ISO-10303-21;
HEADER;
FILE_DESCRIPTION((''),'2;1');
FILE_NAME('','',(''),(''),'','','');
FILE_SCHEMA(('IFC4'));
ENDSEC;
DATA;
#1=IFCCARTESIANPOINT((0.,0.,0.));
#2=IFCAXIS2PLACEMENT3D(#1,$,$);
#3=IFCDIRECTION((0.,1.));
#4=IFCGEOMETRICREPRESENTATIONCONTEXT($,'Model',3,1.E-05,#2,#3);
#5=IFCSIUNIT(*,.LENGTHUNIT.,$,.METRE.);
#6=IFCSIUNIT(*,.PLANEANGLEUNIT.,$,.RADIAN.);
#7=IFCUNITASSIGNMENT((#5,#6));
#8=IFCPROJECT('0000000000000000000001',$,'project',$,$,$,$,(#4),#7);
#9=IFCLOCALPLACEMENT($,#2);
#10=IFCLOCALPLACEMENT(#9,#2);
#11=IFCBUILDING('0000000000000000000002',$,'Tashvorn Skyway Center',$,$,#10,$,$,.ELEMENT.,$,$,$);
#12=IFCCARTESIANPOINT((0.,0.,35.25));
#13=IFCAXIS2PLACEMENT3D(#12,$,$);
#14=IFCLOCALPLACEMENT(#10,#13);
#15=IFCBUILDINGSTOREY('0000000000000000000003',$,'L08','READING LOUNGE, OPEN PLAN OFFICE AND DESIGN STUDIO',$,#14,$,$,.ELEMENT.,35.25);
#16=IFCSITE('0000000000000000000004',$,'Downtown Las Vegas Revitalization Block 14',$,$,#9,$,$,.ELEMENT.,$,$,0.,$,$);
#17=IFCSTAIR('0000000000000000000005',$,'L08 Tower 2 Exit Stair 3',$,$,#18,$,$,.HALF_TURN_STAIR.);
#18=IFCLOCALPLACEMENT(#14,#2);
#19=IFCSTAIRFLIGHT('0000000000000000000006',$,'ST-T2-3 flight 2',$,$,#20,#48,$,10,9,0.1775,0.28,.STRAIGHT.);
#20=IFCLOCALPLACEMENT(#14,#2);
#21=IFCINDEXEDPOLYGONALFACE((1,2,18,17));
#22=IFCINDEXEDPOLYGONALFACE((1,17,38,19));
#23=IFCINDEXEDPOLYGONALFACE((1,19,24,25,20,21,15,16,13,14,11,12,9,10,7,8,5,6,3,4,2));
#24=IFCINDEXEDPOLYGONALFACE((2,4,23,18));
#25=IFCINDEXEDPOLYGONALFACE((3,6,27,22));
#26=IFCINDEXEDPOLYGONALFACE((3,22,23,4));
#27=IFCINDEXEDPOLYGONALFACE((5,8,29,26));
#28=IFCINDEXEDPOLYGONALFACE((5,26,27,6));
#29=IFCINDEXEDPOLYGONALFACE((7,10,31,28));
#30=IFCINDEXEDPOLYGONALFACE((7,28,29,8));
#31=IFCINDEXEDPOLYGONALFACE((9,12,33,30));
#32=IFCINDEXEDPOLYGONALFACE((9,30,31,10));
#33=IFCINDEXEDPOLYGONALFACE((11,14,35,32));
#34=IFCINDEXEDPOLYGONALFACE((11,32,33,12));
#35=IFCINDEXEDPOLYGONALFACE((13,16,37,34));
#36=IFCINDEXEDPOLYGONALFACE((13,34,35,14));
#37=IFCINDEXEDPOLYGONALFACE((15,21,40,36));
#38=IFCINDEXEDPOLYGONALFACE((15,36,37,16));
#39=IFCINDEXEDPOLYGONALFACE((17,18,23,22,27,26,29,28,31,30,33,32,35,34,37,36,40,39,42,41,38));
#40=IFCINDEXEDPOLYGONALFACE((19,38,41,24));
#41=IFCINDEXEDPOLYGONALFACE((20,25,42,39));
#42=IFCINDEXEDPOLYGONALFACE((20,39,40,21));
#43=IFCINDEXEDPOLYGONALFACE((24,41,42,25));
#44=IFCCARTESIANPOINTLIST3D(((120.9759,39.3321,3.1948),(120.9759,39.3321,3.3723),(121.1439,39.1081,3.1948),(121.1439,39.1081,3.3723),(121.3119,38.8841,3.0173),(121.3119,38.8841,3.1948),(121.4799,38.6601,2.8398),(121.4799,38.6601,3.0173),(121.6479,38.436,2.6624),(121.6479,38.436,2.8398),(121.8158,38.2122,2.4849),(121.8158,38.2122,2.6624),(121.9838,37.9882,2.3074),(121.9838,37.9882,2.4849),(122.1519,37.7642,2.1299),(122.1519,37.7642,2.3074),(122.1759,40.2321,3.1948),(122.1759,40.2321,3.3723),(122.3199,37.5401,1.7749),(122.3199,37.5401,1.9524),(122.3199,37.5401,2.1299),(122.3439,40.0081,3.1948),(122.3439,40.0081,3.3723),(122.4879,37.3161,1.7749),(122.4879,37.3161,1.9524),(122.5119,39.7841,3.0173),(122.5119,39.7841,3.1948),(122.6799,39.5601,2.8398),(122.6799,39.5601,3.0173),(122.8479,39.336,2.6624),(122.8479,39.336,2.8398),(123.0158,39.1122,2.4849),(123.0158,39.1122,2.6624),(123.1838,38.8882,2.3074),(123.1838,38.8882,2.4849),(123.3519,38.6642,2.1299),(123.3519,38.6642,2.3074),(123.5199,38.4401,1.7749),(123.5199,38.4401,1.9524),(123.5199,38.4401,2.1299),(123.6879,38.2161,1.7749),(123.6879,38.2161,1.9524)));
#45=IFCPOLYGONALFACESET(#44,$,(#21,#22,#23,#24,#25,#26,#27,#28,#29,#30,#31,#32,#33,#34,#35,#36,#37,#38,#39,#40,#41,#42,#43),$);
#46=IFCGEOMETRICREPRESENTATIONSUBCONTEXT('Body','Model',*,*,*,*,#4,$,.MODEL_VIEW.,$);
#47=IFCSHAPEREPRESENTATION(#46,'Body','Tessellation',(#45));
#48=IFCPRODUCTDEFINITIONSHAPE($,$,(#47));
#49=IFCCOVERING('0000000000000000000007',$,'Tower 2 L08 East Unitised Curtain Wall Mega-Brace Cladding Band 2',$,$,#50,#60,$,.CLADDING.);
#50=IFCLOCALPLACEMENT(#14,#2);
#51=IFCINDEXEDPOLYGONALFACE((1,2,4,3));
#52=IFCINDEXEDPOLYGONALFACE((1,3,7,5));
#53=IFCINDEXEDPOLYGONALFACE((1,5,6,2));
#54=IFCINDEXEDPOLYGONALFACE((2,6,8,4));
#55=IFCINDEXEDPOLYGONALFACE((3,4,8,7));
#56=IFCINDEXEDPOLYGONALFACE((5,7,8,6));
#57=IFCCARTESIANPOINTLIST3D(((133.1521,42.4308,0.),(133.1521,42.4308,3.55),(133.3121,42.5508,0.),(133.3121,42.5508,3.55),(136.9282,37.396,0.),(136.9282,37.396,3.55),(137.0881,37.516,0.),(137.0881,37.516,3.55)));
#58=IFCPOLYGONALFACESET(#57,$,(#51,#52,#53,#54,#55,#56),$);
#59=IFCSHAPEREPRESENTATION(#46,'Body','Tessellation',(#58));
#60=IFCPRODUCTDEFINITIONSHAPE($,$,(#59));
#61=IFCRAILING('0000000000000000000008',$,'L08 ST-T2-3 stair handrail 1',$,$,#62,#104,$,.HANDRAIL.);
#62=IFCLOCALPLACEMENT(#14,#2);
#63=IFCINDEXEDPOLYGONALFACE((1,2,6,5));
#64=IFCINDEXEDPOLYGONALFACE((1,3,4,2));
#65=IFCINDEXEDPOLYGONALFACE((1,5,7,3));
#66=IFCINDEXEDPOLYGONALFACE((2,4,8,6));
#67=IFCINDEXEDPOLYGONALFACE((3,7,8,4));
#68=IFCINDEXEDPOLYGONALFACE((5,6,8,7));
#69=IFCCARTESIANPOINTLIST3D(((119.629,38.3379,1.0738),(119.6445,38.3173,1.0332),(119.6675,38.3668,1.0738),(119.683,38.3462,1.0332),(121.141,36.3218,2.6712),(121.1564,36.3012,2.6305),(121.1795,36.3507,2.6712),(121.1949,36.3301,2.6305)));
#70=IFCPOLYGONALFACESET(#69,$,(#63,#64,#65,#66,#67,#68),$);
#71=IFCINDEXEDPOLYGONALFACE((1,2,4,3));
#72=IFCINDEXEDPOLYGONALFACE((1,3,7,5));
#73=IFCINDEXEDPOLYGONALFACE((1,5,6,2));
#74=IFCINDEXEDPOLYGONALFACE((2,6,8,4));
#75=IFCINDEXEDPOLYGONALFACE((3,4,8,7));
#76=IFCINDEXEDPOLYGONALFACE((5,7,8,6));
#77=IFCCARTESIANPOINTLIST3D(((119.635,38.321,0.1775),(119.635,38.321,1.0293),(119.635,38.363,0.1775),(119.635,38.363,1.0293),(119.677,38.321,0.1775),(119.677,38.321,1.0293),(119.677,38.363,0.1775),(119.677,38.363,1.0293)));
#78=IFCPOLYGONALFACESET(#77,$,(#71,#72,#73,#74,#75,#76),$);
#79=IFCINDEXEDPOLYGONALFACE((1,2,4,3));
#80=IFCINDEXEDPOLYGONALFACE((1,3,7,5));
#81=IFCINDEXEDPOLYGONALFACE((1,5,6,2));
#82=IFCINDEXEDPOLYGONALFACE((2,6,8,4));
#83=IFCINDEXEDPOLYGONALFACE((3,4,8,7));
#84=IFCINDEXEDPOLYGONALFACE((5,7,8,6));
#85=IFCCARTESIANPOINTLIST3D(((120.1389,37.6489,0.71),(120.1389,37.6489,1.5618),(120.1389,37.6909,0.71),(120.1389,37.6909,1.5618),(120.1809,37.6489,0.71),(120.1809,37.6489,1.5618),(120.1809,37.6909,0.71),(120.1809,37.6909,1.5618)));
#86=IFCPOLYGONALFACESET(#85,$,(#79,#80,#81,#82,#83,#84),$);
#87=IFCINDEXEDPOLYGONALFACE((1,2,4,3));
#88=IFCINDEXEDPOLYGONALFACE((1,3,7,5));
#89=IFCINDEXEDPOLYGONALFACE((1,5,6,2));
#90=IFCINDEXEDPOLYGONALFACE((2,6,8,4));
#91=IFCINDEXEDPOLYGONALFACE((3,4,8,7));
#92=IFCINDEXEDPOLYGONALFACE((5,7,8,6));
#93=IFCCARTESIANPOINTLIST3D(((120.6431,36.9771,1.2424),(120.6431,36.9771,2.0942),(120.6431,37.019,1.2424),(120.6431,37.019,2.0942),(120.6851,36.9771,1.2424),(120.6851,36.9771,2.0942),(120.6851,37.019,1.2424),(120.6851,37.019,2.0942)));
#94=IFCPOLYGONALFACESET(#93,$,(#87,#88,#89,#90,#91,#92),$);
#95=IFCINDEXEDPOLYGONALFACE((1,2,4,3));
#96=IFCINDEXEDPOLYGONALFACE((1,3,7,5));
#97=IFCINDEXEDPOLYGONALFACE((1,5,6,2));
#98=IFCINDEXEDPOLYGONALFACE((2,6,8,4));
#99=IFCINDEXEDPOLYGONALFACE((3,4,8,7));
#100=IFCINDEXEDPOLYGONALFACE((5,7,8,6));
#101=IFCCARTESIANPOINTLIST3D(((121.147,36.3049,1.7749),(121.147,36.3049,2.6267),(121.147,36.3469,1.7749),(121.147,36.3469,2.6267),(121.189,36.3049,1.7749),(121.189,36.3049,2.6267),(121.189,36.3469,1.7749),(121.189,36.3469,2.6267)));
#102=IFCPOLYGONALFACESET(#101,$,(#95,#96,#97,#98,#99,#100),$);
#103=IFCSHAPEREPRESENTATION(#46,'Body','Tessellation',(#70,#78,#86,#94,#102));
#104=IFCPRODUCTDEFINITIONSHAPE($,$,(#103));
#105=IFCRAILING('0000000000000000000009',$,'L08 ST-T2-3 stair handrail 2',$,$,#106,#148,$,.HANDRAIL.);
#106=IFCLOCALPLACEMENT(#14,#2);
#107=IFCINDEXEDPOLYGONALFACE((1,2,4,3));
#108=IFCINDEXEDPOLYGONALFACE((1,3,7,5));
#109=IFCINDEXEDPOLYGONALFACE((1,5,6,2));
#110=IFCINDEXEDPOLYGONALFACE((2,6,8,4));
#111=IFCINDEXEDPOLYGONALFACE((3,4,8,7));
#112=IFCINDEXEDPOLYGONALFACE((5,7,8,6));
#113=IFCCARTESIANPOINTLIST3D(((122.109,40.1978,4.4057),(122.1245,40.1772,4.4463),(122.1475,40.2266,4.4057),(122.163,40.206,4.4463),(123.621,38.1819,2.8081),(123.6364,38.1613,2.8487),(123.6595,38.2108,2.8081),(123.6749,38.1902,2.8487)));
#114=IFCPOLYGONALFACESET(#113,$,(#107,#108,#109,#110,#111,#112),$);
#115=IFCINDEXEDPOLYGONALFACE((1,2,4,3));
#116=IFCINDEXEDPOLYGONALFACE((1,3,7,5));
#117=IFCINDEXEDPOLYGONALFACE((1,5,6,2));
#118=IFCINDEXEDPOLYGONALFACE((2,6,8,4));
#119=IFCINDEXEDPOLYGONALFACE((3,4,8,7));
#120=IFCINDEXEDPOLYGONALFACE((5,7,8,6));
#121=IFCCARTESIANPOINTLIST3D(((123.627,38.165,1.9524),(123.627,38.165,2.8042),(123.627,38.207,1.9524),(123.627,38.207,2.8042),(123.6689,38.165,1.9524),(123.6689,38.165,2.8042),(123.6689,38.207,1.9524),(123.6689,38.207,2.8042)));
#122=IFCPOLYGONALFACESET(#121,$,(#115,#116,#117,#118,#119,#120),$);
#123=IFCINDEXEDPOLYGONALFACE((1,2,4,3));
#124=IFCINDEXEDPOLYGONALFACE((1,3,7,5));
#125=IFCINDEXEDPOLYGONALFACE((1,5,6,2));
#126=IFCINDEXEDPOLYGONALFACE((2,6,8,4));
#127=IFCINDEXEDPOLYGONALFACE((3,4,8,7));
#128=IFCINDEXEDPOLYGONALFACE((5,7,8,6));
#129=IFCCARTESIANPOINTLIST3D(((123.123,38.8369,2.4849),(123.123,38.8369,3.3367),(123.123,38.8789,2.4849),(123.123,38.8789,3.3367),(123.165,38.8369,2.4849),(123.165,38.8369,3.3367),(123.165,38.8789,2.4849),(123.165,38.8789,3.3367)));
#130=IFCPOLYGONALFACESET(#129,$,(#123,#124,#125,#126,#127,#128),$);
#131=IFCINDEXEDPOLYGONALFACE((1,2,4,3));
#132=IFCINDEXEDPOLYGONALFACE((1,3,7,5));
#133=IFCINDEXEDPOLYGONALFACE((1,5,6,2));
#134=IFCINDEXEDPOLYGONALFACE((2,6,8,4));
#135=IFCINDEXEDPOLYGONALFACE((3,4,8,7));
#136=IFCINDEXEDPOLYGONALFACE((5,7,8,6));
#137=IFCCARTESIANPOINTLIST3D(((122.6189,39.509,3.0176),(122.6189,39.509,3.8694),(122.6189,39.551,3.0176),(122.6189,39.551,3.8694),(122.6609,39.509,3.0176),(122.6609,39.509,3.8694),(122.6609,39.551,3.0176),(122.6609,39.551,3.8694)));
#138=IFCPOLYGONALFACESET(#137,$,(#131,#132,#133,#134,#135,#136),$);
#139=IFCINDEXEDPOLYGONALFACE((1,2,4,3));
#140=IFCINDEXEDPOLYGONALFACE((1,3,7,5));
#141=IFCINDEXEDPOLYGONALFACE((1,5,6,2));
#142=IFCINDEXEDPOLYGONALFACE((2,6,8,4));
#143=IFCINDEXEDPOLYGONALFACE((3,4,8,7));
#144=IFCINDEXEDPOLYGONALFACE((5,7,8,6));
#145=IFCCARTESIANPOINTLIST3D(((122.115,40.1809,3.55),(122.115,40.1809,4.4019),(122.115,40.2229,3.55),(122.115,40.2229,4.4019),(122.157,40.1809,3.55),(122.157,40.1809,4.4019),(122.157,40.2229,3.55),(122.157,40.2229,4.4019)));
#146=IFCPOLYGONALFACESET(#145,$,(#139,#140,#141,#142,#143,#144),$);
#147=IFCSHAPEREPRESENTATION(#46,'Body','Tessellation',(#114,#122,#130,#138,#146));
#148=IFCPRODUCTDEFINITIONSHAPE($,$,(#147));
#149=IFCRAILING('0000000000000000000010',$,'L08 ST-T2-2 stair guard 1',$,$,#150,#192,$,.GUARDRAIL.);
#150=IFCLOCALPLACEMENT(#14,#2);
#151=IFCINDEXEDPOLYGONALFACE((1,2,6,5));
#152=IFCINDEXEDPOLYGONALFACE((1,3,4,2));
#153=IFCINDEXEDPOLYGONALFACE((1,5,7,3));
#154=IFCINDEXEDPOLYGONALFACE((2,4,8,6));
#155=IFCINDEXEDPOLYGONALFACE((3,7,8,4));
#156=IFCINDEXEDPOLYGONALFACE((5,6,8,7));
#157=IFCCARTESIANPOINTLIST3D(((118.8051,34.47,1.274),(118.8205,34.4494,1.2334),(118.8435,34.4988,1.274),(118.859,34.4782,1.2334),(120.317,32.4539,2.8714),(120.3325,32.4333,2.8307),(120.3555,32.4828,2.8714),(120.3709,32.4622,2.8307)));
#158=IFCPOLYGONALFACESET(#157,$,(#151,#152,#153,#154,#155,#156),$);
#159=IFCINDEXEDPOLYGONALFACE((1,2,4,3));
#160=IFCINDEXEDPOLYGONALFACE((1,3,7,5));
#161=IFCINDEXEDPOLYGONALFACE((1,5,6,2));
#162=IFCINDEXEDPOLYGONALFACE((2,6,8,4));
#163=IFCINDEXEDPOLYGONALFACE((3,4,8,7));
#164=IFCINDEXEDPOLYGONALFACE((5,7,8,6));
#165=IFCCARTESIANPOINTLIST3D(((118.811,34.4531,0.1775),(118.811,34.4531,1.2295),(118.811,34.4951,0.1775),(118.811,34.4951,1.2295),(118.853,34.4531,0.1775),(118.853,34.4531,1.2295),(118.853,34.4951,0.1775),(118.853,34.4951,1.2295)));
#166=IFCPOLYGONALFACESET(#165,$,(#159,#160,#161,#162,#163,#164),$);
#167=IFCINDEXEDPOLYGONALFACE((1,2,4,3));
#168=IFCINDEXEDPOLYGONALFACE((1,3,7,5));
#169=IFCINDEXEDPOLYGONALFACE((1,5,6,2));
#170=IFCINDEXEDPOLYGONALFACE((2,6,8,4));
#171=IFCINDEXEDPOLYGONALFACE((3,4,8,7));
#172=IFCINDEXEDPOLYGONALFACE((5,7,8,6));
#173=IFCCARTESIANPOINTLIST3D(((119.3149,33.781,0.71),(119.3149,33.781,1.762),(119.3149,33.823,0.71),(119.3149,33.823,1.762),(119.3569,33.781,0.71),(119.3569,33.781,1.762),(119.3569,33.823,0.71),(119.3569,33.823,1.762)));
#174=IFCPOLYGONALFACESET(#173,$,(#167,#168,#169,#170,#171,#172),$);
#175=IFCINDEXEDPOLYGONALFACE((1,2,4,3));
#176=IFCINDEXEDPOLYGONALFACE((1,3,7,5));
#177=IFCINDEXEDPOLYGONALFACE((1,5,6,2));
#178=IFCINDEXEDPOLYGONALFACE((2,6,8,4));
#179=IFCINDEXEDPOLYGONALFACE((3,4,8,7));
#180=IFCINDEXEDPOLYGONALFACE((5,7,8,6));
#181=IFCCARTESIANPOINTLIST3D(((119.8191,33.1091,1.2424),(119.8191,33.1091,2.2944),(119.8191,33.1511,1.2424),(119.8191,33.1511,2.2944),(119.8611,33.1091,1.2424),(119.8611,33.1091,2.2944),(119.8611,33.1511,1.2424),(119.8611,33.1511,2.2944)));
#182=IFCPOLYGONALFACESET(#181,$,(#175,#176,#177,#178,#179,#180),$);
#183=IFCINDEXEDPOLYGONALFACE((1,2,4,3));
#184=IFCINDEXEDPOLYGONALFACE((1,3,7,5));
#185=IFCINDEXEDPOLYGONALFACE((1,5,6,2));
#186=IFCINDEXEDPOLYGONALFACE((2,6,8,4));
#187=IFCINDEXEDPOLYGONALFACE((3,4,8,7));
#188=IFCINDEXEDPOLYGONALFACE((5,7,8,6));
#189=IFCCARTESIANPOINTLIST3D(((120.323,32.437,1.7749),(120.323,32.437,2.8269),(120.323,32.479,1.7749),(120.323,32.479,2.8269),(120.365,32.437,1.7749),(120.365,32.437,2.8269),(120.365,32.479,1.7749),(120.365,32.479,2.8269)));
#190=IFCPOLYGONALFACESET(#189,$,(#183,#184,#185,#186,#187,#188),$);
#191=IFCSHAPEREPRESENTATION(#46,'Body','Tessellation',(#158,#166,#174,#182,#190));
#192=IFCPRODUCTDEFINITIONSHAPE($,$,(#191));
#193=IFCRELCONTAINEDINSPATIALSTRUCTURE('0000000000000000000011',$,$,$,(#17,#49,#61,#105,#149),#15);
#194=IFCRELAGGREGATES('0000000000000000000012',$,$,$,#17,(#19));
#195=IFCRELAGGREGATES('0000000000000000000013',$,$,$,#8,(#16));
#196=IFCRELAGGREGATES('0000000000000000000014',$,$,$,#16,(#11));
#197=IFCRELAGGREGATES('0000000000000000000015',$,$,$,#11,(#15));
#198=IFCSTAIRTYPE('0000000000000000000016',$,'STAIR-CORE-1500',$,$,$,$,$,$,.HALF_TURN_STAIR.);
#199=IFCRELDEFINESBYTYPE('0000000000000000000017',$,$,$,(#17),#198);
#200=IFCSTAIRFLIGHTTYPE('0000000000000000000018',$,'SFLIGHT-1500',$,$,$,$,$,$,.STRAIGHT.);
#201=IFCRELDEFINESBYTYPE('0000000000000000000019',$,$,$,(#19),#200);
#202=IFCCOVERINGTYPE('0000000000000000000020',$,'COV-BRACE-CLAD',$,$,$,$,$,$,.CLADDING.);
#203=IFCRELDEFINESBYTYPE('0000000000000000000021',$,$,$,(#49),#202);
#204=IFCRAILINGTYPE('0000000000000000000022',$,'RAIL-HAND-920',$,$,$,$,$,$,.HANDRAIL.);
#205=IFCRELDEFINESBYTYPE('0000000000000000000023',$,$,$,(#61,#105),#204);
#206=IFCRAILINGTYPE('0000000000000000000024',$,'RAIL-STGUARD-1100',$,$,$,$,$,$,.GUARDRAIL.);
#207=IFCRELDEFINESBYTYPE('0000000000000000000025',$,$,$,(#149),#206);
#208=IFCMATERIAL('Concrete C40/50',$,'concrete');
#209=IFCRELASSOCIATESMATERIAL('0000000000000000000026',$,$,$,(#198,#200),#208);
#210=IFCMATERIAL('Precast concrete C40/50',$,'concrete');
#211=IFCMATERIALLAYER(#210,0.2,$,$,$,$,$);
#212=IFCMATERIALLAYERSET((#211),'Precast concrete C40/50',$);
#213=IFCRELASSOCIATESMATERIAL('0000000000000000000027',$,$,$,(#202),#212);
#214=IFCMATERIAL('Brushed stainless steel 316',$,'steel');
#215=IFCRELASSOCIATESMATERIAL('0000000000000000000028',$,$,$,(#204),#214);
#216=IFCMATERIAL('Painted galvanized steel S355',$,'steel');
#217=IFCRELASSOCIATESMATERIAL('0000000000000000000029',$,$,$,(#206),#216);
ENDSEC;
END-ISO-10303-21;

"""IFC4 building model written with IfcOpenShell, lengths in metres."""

from ifc_helpers import new_model, si_unit, direction, frame, origin, origin_2d, place, context, subcontext, project, spatial, polyline, rectangle, outline, extrude, material, layer, layer_set, type_object, element, aggregate, save


model = new_model("IFC4")

# Units and contexts
model_context = context("Model", 3, precision=1e-05, world=origin(), true_north=direction((0.0, 1.0)))
body_context = subcontext(model_context, "Body", "Model", "MODEL_VIEW")
ifc_project = project(units=[si_unit("LENGTHUNIT", "METRE"), si_unit("PLANEANGLEUNIT", "RADIAN")], contexts=[model_context])

# Site, building, storey
site_placement = place(None, origin())
site = spatial("IfcSite", under=ifc_project, at=site_placement, Name="Downtown Las Vegas Revitalization Block 14", CompositionType="ELEMENT", RefElevation=0.0)
building_placement = place(site_placement, origin())
building = spatial("IfcBuilding", under=site, at=building_placement, Name="Tashvorn Skyway Center", CompositionType="ELEMENT")
storey_placement = place(building_placement, frame((0.0, 0.0, 35.25)))
storey = spatial("IfcBuildingStorey", under=building, at=storey_placement, Name="L08", Description="READING LOUNGE, OPEN PLAN OFFICE AND DESIGN STUDIO", CompositionType="ELEMENT", Elevation=35.25)

# Shared definitions
ifc_material_1 = material(Name="Concrete C40/50", Category="concrete")

# Stair, stair flight
stair_type = type_object("IfcStairType", Name="STAIR-CORE-1500", PredefinedType="HALF_TURN_STAIR", material=ifc_material_1)
stair_placement = place(storey_placement, origin())
stair = element("IfcStair", 1, at=stair_placement, inside=storey, type_object=stair_type, Name="L08 Tower 2 Exit Stair 3", PredefinedType="HALF_TURN_STAIR")
stair_flight_type = type_object("IfcStairFlightType", Name="SFLIGHT-1500", PredefinedType="STRAIGHT", material=ifc_material_1)
stair_flight_1_placement = place(storey_placement, frame((123.0879, 37.7661, 1.7749), z_axis=(0.0, 0.0, 1.0), x_axis=(-0.6, 0.8, 0.0)))
stair_flight_1 = element("IfcStairFlight", 2, at=stair_flight_1_placement, type_object=stair_flight_type, Name="ST-T2-3 flight 2", NumberOfRisers=10, NumberOfTreads=9, PredefinedType="STRAIGHT", RiserHeight=0.1775, TreadLength=0.28, context=body_context, shape_type="SweptSolid", body=[
    extrude(outline(polyline([(0.0, 0.0), (0.0, 0.1775), (0.28, 0.1775), (0.28, 0.355), (0.5601, 0.355), (0.5601, 0.5325), (0.8401, 0.5325), (0.8401, 0.71), (1.1201, 0.71), (1.1201, 0.8875), (1.3999, 0.8875), (1.3999, 1.0649), (1.6799, 1.0649), (1.6799, 1.2424), (1.96, 1.2424), (1.96, 1.4199), (2.24, 1.4199), (2.24, 1.5974), (2.52, 1.5974), (2.52, 1.7749), (2.52, 1.4199), (0.28, 0.0), (0.0, 0.0)])), frame((0.0, 0.75, 0.0), z_axis=(0.0, -1.0, 0.0), x_axis=(1.0, 0.0, 0.0)), (0.0, 0.0, 1.0), 1.5),
])
aggregate(stair, [stair_flight_1])

# Covering
ifc_material_2 = material(Name="Precast concrete C40/50", Category="concrete")
ifc_layer_1 = layer(ifc_material_2, 0.2)
ifc_layer_set_1 = layer_set([ifc_layer_1], Name="Precast concrete C40/50")
covering_type = type_object("IfcCoveringType", Name="COV-BRACE-CLAD", PredefinedType="CLADDING", material=ifc_layer_set_1)
covering_placement = place(storey_placement, frame((135.1201, 39.9734, 0.0), z_axis=(0.0, 0.0, 1.0), x_axis=(0.6, -0.8, 0.0)))
element("IfcCovering", 3, at=covering_placement, inside=storey, type_object=covering_type, Name="Tower 2 L08 East Unitised Curtain Wall Mega-Brace Cladding Band 2", PredefinedType="CLADDING", context=body_context, shape_type="SweptSolid", body=[
    extrude(rectangle(XDim=6.2935, YDim=0.2, at=origin_2d()), origin(), (0.0, 0.0, 1.0), 3.55),
])

# Railings
ifc_material_3 = material(Name="Brushed stainless steel 316", Category="steel")
railing_type_1 = type_object("IfcRailingType", Name="RAIL-HAND-920", PredefinedType="HANDRAIL", material=ifc_material_3)
railing_1_placement = place(storey_placement, frame((119.656, 38.342, 0.1775)))
element("IfcRailing", 4, at=railing_1_placement, inside=storey, type_object=railing_type_1, Name="L08 ST-T2-3 stair handrail 1", PredefinedType="HANDRAIL", context=body_context, shape_type="SweptSolid", body=[
    extrude(rectangle(XDim=0.0481, YDim=0.0481, at=origin_2d()), frame((0.0, 0.0, 0.876), z_axis=(0.506741, -0.675709, 0.535379), x_axis=(0.800023, 0.599969, 0.0)), (0.0, 0.0, 1.0), 2.9836),
    extrude(rectangle(XDim=0.042, YDim=0.042, at=origin_2d()), origin(), (0.0, 0.0, 1.0), 0.8518),
    extrude(rectangle(XDim=0.042, YDim=0.042, at=origin_2d()), frame((0.5039, -0.6721, 0.5325)), (0.0, 0.0, 1.0), 0.8518),
    extrude(rectangle(XDim=0.042, YDim=0.042, at=origin_2d()), frame((1.0081, -1.344, 1.0649)), (0.0, 0.0, 1.0), 0.8518),
    extrude(rectangle(XDim=0.042, YDim=0.042, at=origin_2d()), frame((1.512, -2.0161, 1.5974)), (0.0, 0.0, 1.0), 0.8518),
])
railing_2_placement = place(storey_placement, frame((123.6479, 38.186, 1.9524)))
element("IfcRailing", 5, at=railing_2_placement, inside=storey, type_object=railing_type_1, Name="L08 ST-T2-3 stair handrail 2", PredefinedType="HANDRAIL", context=body_context, shape_type="SweptSolid", body=[
    extrude(rectangle(XDim=0.0481, YDim=0.0481, at=origin_2d()), frame((0.0, 0.0, 0.876), z_axis=(-0.506747, 0.675635, 0.535467), x_axis=(-0.799988, -0.600016, 0.0)), (0.0, 0.0, 1.0), 2.9836),
    extrude(rectangle(XDim=0.042, YDim=0.042, at=origin_2d()), origin(), (0.0, 0.0, 1.0), 0.8518),
    extrude(rectangle(XDim=0.042, YDim=0.042, at=origin_2d()), frame((-0.5039, 0.6719, 0.5325)), (0.0, 0.0, 1.0), 0.8518),
    extrude(rectangle(XDim=0.042, YDim=0.042, at=origin_2d()), frame((-1.0081, 1.344, 1.0652)), (0.0, 0.0, 1.0), 0.8518),
    extrude(rectangle(XDim=0.042, YDim=0.042, at=origin_2d()), frame((-1.512, 2.0159, 1.5977)), (0.0, 0.0, 1.0), 0.8518),
])
ifc_material_4 = material(Name="Painted galvanized steel S355", Category="steel")
railing_type_2 = type_object("IfcRailingType", Name="RAIL-STGUARD-1100", PredefinedType="GUARDRAIL", material=ifc_material_4)
railing_3_placement = place(storey_placement, frame((118.832, 34.4741, 0.1775)))
element("IfcRailing", 6, at=railing_3_placement, inside=storey, type_object=railing_type_2, Name="L08 ST-T2-2 stair guard 1", PredefinedType="GUARDRAIL", context=body_context, shape_type="SweptSolid", body=[
    extrude(rectangle(XDim=0.0481, YDim=0.0481, at=origin_2d()), frame((0.0, 0.0, 1.0762), z_axis=(0.506741, -0.675709, 0.535379), x_axis=(0.800023, 0.599969, 0.0)), (0.0, 0.0, 1.0), 2.9836),
    extrude(rectangle(XDim=0.042, YDim=0.042, at=origin_2d()), origin(), (0.0, 0.0, 1.0), 1.052),
    extrude(rectangle(XDim=0.042, YDim=0.042, at=origin_2d()), frame((0.5039, -0.6721, 0.5325)), (0.0, 0.0, 1.0), 1.052),
    extrude(rectangle(XDim=0.042, YDim=0.042, at=origin_2d()), frame((1.0081, -1.344, 1.0649)), (0.0, 0.0, 1.0), 1.052),
    extrude(rectangle(XDim=0.042, YDim=0.042, at=origin_2d()), frame((1.512, -2.0161, 1.5974)), (0.0, 0.0, 1.0), 1.052),
])

save(model, "model.ifc")
